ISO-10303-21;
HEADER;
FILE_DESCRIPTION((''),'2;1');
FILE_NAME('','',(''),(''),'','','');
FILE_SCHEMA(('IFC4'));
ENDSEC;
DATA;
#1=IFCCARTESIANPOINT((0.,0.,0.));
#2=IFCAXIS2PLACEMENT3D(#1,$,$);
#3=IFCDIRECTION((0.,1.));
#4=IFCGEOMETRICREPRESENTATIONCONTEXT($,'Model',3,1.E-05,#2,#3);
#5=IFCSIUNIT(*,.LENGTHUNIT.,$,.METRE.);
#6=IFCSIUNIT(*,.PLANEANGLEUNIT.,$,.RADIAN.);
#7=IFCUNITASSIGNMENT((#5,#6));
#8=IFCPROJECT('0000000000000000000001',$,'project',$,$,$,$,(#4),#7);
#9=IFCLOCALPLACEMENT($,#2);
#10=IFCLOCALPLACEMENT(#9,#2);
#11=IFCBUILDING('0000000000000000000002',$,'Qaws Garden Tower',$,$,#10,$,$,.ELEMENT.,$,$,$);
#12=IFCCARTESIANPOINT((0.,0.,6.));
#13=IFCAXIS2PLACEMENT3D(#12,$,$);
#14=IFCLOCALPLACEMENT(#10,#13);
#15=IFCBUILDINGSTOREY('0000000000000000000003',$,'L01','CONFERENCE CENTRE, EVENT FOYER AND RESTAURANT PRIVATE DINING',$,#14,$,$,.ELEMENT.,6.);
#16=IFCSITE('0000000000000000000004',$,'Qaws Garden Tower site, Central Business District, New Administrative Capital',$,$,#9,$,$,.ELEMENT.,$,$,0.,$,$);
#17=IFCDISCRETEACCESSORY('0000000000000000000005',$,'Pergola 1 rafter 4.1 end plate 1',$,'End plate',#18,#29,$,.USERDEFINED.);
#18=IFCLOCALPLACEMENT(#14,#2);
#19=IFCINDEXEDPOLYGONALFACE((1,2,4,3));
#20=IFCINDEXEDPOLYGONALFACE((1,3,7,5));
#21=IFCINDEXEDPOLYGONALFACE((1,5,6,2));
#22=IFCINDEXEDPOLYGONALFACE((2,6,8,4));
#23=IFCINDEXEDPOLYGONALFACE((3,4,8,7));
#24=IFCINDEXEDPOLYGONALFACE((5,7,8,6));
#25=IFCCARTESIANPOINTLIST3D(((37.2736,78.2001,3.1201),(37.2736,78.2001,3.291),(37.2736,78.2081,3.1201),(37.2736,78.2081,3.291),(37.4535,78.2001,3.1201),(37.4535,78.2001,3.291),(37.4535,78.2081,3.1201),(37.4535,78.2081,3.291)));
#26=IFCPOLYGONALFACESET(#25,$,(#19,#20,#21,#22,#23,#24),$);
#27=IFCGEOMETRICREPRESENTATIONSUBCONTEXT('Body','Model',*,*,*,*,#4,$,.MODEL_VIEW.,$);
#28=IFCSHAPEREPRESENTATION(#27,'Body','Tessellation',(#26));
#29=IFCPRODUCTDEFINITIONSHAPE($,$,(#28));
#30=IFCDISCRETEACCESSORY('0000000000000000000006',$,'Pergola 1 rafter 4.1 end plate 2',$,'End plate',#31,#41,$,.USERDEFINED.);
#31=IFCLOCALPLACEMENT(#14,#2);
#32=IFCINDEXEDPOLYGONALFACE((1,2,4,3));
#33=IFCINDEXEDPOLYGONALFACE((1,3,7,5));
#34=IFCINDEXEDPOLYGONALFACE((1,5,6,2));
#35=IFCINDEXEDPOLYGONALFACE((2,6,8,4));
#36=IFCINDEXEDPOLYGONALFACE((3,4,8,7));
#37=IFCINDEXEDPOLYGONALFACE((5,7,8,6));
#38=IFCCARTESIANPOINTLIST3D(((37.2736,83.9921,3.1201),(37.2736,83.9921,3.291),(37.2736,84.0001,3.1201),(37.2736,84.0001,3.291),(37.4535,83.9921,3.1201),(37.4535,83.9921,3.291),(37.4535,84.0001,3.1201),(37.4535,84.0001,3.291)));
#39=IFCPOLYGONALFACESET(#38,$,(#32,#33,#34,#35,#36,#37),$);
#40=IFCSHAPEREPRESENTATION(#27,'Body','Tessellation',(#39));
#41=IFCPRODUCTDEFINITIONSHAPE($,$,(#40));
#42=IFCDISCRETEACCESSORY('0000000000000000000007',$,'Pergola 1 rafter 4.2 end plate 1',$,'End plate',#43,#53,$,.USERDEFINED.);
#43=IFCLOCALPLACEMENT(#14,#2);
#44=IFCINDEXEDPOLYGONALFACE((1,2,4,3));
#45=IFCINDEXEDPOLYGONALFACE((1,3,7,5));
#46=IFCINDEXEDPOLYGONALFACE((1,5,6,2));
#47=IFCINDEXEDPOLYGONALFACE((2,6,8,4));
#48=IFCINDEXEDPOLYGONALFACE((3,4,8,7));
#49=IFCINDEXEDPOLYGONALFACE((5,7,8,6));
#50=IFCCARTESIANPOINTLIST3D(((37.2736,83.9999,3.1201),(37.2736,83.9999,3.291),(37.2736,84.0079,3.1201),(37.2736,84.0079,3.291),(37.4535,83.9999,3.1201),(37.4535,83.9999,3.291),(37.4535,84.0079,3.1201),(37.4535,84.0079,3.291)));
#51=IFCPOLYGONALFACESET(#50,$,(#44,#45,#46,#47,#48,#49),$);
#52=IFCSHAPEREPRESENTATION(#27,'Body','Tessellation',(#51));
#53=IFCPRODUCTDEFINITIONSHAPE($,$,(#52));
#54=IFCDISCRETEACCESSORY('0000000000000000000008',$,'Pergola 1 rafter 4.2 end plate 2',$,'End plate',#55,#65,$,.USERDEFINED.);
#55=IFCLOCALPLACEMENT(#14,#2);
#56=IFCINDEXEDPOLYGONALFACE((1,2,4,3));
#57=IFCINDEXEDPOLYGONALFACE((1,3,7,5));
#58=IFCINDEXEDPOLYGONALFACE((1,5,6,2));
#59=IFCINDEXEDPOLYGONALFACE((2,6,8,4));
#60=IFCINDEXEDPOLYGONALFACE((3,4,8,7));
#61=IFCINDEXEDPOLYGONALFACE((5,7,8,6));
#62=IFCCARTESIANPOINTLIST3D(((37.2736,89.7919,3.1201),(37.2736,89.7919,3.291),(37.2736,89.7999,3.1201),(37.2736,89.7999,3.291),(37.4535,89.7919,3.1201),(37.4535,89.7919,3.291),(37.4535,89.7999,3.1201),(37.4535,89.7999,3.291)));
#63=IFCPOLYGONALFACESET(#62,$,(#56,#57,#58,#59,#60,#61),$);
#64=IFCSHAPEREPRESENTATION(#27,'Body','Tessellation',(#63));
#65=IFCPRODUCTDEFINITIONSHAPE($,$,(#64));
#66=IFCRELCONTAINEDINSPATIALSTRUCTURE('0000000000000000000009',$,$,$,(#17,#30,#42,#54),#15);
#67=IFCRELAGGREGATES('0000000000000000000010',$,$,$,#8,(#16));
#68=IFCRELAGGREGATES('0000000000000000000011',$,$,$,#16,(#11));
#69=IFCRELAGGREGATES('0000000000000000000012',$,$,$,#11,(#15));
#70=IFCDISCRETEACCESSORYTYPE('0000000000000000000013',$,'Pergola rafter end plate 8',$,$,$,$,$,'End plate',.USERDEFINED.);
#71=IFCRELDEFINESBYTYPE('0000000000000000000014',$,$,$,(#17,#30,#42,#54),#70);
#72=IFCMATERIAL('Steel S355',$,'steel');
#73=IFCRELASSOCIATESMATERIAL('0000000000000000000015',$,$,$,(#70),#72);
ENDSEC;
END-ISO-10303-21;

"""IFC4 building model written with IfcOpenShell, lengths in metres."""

from ifc_helpers import new_model, si_unit, direction, frame, origin, origin_2d, place, context, subcontext, project, spatial, rectangle, extrude, material, type_object, element, save


model = new_model("IFC4")

# Units and contexts
model_context = context("Model", 3, precision=1e-05, world=origin(), true_north=direction((0.0, 1.0)))
body_context = subcontext(model_context, "Body", "Model", "MODEL_VIEW")
ifc_project = project(units=[si_unit("LENGTHUNIT", "METRE"), si_unit("PLANEANGLEUNIT", "RADIAN")], contexts=[model_context])

# Site, building, storey
site_placement = place(None, origin())
site = spatial("IfcSite", under=ifc_project, at=site_placement, Name="Qaws Garden Tower site, Central Business District, New Administrative Capital", CompositionType="ELEMENT", RefElevation=0.0)
building_placement = place(site_placement, origin())
building = spatial("IfcBuilding", under=site, at=building_placement, Name="Qaws Garden Tower", CompositionType="ELEMENT")
storey_placement = place(building_placement, frame((0.0, 0.0, 6.0)))
storey = spatial("IfcBuildingStorey", under=building, at=storey_placement, Name="L01", Description="CONFERENCE CENTRE, EVENT FOYER AND RESTAURANT PRIVATE DINING", CompositionType="ELEMENT", Elevation=6.0)

# Discrete accessories
ifc_material_1 = material(Name="Steel S355", Category="steel")
discrete_accessory_type = type_object("IfcDiscreteAccessoryType", Name="Pergola rafter end plate 8", ElementType="End plate", PredefinedType="USERDEFINED", material=ifc_material_1)
for number, where, z_axis, x_axis, name in (
    (1, (37.3635, 78.2041, 3.1201), (0.0, 0.0, 1.0), (1.0, 0.0, 0.0), "Pergola 1 rafter 4.1 end plate 1"),
    (2, (37.3635, 83.9961, 3.1201), (0.0, 0.0, 1.0), (1.0, 0.0, 0.0), "Pergola 1 rafter 4.1 end plate 2"),
    (3, (37.3635, 84.0039, 3.1201), (0.0, 0.0, 1.0), (1.0, 0.0, 0.0), "Pergola 1 rafter 4.2 end plate 1"),
    (4, (37.3635, 89.7959, 3.1201), (0.0, 0.0, 1.0), (1.0, 0.0, 0.0), "Pergola 1 rafter 4.2 end plate 2"),
):
    element("IfcDiscreteAccessory", number, at=place(storey_placement, frame(where, z_axis=z_axis, x_axis=x_axis)), inside=storey, type_object=discrete_accessory_type, Name=name, ObjectType="End plate", PredefinedType="USERDEFINED", context=body_context, shape_type="SweptSolid", body=[
        extrude(rectangle(XDim=0.1799, YDim=0.0081, at=origin_2d()), origin(), (0.0, 0.0, 1.0), 0.1709),
    ])

save(model, "model.ifc")
